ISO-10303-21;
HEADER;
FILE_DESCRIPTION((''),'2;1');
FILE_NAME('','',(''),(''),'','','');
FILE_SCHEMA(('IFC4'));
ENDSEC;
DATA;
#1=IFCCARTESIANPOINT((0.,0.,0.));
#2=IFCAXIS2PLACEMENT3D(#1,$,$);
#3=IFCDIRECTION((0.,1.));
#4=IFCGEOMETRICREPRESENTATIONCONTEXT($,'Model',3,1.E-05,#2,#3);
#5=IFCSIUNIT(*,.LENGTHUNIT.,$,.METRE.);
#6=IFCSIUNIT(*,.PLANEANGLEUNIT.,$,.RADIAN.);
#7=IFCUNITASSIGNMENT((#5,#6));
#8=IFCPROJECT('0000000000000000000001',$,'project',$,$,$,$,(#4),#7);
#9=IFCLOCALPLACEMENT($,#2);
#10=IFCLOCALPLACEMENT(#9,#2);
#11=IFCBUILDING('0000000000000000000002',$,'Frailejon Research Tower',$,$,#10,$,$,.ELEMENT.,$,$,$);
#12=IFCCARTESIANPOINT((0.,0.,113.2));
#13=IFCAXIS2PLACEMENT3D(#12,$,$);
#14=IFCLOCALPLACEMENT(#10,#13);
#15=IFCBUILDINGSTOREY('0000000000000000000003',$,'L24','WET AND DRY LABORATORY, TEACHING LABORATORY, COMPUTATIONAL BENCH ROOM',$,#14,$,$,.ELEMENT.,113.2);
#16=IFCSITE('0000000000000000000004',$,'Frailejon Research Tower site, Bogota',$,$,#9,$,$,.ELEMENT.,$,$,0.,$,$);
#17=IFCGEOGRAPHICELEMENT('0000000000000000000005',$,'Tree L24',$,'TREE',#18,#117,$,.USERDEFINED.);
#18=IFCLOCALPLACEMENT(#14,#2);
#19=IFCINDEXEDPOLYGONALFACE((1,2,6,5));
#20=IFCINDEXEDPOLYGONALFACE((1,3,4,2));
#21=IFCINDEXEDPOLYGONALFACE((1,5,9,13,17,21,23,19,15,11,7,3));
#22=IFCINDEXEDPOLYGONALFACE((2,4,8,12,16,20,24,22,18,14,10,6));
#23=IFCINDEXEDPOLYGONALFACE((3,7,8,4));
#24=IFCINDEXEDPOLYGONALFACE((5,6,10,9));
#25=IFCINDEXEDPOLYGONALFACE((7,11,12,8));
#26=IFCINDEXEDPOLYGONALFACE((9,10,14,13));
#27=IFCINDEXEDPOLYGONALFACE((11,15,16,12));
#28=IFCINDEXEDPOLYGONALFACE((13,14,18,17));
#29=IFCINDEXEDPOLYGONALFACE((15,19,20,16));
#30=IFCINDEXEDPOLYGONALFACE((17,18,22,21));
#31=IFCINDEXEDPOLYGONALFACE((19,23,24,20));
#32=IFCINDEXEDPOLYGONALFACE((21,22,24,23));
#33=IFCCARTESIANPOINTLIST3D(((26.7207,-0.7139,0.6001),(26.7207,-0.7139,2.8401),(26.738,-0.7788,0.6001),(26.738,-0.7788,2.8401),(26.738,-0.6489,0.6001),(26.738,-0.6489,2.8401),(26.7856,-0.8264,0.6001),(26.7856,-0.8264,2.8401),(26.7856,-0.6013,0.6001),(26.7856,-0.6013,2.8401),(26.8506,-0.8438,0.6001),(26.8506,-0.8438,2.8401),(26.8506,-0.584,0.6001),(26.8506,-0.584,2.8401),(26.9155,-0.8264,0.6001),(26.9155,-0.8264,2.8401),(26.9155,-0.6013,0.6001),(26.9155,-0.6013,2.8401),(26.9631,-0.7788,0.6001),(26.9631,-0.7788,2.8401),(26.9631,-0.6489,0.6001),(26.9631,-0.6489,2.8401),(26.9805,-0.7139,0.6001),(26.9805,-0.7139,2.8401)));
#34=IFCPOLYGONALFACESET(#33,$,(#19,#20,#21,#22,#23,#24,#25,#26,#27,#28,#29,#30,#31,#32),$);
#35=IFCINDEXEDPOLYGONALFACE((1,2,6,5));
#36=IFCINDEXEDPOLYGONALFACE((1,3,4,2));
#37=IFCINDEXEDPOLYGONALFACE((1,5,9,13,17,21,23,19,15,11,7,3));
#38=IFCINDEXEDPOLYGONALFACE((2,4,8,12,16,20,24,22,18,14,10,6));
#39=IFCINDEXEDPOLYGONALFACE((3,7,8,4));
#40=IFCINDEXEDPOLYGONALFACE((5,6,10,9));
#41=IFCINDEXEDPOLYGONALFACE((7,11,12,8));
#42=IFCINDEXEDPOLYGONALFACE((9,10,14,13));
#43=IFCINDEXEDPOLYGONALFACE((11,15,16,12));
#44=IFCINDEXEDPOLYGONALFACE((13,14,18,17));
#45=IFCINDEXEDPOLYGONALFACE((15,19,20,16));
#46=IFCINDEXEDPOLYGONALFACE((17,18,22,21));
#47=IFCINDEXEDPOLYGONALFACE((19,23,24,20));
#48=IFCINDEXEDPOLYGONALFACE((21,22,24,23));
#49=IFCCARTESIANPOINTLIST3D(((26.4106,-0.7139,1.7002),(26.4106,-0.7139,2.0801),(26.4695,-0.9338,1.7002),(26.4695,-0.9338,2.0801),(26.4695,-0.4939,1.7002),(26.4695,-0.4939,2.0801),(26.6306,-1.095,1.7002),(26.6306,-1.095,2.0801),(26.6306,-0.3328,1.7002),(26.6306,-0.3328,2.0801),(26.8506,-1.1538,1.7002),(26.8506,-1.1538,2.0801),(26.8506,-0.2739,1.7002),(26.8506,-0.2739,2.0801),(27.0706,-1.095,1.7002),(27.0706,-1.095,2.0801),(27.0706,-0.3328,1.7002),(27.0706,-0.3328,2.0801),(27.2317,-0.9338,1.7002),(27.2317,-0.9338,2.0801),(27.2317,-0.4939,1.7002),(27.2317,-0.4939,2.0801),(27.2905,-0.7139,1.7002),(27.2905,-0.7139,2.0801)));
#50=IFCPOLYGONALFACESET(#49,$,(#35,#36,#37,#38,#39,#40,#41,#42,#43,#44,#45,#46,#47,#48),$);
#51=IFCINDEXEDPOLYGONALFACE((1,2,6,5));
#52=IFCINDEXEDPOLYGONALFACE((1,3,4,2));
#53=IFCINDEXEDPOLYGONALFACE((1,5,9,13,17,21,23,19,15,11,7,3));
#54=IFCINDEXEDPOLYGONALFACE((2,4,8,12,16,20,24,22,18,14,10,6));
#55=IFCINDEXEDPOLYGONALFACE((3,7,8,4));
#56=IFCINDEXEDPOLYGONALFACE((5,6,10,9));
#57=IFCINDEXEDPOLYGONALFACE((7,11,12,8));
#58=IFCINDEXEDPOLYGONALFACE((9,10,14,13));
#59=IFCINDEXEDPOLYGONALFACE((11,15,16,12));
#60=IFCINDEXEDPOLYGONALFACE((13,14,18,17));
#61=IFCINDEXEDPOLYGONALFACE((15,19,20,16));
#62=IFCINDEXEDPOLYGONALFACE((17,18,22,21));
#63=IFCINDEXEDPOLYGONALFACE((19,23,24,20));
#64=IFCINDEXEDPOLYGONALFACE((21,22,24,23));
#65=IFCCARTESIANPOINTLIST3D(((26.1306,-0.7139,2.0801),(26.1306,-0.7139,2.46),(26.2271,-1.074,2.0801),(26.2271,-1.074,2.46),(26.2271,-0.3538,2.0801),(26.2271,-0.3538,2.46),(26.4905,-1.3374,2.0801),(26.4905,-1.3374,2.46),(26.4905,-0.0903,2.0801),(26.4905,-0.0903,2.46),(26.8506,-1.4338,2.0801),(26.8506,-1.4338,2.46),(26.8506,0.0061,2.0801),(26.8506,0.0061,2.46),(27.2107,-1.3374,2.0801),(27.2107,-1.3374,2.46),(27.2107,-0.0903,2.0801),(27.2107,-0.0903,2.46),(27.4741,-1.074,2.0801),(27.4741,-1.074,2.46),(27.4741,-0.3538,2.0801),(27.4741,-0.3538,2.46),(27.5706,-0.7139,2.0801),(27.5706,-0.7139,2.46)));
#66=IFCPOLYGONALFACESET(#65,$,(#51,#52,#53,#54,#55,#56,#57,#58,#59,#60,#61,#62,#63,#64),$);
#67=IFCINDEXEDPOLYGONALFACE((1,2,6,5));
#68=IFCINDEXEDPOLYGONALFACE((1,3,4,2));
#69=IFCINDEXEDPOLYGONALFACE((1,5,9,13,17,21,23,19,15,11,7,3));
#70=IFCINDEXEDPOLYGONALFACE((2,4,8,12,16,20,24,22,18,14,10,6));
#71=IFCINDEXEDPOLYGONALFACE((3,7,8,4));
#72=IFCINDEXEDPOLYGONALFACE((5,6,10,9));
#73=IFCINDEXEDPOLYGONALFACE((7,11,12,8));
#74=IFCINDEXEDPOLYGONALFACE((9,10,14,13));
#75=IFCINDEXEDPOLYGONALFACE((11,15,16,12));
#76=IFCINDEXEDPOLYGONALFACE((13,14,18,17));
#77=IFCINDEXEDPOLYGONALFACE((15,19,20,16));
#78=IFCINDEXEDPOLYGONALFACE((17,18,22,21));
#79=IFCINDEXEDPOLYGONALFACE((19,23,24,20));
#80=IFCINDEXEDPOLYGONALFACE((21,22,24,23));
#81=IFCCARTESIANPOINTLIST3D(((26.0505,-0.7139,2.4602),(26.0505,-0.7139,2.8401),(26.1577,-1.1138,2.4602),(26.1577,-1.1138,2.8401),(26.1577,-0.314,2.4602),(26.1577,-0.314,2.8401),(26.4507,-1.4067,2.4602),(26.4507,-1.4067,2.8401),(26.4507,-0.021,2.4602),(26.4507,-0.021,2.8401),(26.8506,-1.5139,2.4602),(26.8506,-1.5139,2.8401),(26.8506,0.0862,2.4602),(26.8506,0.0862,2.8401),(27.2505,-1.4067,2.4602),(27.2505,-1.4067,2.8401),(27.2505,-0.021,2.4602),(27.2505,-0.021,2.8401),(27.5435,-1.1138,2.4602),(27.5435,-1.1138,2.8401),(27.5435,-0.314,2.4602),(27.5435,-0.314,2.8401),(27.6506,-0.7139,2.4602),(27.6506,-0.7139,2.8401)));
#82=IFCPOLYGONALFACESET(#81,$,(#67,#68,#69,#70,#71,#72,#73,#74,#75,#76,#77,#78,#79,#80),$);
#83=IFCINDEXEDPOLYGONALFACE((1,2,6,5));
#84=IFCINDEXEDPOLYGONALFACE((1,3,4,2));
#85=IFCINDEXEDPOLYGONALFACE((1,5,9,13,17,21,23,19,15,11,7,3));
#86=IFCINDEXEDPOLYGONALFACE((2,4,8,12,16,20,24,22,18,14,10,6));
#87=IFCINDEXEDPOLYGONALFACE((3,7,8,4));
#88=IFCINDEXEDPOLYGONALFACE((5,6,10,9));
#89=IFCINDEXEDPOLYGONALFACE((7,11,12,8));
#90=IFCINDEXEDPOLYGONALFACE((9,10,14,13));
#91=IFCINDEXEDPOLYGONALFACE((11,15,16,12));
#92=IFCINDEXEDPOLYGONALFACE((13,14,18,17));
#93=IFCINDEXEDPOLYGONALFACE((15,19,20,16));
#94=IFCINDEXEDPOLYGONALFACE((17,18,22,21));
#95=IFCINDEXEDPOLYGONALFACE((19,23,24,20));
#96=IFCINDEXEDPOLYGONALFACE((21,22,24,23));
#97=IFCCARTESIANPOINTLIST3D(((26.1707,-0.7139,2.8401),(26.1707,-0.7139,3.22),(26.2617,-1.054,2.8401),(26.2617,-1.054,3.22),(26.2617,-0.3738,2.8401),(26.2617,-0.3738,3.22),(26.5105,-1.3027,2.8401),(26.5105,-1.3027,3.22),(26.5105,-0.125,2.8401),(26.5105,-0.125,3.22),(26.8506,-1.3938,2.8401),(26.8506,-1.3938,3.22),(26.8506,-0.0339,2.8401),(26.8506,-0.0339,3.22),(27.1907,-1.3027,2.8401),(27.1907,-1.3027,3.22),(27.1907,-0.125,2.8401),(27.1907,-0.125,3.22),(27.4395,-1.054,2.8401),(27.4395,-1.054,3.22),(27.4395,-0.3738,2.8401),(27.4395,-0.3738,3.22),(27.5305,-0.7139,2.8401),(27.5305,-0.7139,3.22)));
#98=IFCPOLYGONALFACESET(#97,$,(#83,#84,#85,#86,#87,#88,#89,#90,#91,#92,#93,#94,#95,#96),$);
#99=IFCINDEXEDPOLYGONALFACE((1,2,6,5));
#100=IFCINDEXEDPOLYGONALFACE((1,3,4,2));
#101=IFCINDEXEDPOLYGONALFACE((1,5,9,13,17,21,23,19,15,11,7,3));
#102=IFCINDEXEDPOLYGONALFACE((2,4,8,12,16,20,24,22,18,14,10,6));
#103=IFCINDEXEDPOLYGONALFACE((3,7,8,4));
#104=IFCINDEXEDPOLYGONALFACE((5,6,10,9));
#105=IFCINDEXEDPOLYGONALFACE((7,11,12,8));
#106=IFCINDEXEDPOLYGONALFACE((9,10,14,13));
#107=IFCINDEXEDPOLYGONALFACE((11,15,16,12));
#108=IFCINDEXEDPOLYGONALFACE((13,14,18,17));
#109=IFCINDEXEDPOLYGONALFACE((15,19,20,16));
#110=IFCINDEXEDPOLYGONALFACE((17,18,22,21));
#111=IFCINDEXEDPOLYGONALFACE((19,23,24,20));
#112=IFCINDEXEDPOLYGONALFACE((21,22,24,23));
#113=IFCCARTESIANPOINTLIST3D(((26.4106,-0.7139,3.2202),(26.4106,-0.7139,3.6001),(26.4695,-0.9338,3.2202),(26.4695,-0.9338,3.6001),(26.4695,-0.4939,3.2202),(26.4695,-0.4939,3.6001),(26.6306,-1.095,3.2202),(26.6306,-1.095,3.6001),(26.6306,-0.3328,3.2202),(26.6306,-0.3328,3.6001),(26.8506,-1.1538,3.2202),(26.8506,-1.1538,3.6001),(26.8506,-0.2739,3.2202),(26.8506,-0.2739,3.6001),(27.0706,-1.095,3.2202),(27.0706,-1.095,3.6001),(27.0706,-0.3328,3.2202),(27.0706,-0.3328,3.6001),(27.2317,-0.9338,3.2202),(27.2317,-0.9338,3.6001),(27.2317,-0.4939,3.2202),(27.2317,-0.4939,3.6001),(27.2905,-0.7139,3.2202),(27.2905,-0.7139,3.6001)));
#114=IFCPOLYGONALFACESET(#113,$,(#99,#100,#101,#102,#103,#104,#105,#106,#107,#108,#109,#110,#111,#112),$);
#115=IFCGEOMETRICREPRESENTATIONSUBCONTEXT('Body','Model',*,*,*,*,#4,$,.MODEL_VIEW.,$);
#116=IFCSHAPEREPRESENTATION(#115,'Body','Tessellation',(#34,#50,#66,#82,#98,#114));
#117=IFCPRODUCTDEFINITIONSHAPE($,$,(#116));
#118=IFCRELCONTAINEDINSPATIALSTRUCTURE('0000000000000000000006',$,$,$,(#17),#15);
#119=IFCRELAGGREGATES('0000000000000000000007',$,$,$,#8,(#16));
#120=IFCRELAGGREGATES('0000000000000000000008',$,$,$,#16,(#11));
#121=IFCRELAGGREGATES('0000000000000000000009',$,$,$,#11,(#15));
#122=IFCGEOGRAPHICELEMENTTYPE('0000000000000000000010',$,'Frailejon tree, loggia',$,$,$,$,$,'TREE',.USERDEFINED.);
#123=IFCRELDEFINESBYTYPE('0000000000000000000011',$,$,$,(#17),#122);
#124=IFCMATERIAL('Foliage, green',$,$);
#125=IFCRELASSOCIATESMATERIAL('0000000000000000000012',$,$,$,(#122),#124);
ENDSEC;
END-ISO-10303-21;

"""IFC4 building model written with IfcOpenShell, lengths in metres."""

from ifc_helpers import new_model, si_unit, direction, frame, origin, place, context, subcontext, project, spatial, polyline, outline, extrude, material, type_object, element, save


model = new_model("IFC4")

# Units and contexts
model_context = context("Model", 3, precision=1e-05, world=origin(), true_north=direction((0.0, 1.0)))
body_context = subcontext(model_context, "Body", "Model", "MODEL_VIEW")
ifc_project = project(units=[si_unit("LENGTHUNIT", "METRE"), si_unit("PLANEANGLEUNIT", "RADIAN")], contexts=[model_context])

# Site, building, storey
site_placement = place(None, origin())
site = spatial("IfcSite", under=ifc_project, at=site_placement, Name="Frailejon Research Tower site, Bogota", CompositionType="ELEMENT", RefElevation=0.0)
building_placement = place(site_placement, origin())
building = spatial("IfcBuilding", under=site, at=building_placement, Name="Frailejon Research Tower", CompositionType="ELEMENT")
storey_placement = place(building_placement, frame((0.0, 0.0, 113.2)))
storey = spatial("IfcBuildingStorey", under=building, at=storey_placement, Name="L24", Description="WET AND DRY LABORATORY, TEACHING LABORATORY, COMPUTATIONAL BENCH ROOM", CompositionType="ELEMENT", Elevation=113.2)

# Geographic element
ifc_material_1 = material(Name="Foliage, green")
geographic_element_type = type_object("IfcGeographicElementType", Name="Frailejon tree, loggia", ElementType="TREE", PredefinedType="USERDEFINED", material=ifc_material_1)
geographic_element_placement = place(storey_placement, frame((26.8506, -0.7139, 0.6001)))
element("IfcGeographicElement", 1, at=geographic_element_placement, inside=storey, type_object=geographic_element_type, Name="Tree L24", ObjectType="TREE", PredefinedType="USERDEFINED", context=body_context, shape_type="SweptSolid", body=[
    extrude(outline(polyline([(0.1299, 0.0), (0.1125, 0.0649), (0.0649, 0.1125), (0.0, 0.1299), (-0.0649, 0.1125), (-0.1125, 0.0649), (-0.1299, 0.0), (-0.1125, -0.0649), (-0.0649, -0.1125), (0.0, -0.1299), (0.0649, -0.1125), (0.1125, -0.0649), (0.1299, 0.0)])), origin(), (0.0, 0.0, 1.0), 2.24),
    extrude(outline(polyline([(0.4399, 0.0), (0.3811, 0.22), (0.22, 0.3811), (0.0, 0.4399), (-0.22, 0.3811), (-0.3811, 0.22), (-0.4399, 0.0), (-0.3811, -0.22), (-0.22, -0.3811), (0.0, -0.4399), (0.22, -0.3811), (0.3811, -0.22), (0.4399, 0.0)])), frame((0.0, 0.0, 1.1001)), (0.0, 0.0, 1.0), 0.3799),
    extrude(outline(polyline([(0.72, 0.0), (0.6235, 0.3601), (0.3601, 0.6235), (0.0, 0.72), (-0.3601, 0.6235), (-0.6235, 0.3601), (-0.72, 0.0), (-0.6235, -0.3601), (-0.3601, -0.6235), (0.0, -0.72), (0.3601, -0.6235), (0.6235, -0.3601), (0.72, 0.0)])), frame((0.0, 0.0, 1.48)), (0.0, 0.0, 1.0), 0.3799),
    extrude(outline(polyline([(0.8, 0.0), (0.6929, 0.3999), (0.3999, 0.6929), (0.0, 0.8), (-0.3999, 0.6929), (-0.6929, 0.3999), (-0.8, 0.0), (-0.6929, -0.3999), (-0.3999, -0.6929), (0.0, -0.8), (0.3999, -0.6929), (0.6929, -0.3999), (0.8, 0.0)])), frame((0.0, 0.0, 1.8601)), (0.0, 0.0, 1.0), 0.3799),
    extrude(outline(polyline([(0.6799, 0.0), (0.5889, 0.3401), (0.3401, 0.5889), (0.0, 0.6799), (-0.3401, 0.5889), (-0.5889, 0.3401), (-0.6799, 0.0), (-0.5889, -0.3401), (-0.3401, -0.5889), (0.0, -0.6799), (0.3401, -0.5889), (0.5889, -0.3401), (0.6799, 0.0)])), frame((0.0, 0.0, 2.24)), (0.0, 0.0, 1.0), 0.3799),
    extrude(outline(polyline([(0.4399, 0.0), (0.3811, 0.22), (0.22, 0.3811), (0.0, 0.4399), (-0.22, 0.3811), (-0.3811, 0.22), (-0.4399, 0.0), (-0.3811, -0.22), (-0.22, -0.3811), (0.0, -0.4399), (0.22, -0.3811), (0.3811, -0.22), (0.4399, 0.0)])), frame((0.0, 0.0, 2.6201)), (0.0, 0.0, 1.0), 0.3799),
])

save(model, "model.ifc")
